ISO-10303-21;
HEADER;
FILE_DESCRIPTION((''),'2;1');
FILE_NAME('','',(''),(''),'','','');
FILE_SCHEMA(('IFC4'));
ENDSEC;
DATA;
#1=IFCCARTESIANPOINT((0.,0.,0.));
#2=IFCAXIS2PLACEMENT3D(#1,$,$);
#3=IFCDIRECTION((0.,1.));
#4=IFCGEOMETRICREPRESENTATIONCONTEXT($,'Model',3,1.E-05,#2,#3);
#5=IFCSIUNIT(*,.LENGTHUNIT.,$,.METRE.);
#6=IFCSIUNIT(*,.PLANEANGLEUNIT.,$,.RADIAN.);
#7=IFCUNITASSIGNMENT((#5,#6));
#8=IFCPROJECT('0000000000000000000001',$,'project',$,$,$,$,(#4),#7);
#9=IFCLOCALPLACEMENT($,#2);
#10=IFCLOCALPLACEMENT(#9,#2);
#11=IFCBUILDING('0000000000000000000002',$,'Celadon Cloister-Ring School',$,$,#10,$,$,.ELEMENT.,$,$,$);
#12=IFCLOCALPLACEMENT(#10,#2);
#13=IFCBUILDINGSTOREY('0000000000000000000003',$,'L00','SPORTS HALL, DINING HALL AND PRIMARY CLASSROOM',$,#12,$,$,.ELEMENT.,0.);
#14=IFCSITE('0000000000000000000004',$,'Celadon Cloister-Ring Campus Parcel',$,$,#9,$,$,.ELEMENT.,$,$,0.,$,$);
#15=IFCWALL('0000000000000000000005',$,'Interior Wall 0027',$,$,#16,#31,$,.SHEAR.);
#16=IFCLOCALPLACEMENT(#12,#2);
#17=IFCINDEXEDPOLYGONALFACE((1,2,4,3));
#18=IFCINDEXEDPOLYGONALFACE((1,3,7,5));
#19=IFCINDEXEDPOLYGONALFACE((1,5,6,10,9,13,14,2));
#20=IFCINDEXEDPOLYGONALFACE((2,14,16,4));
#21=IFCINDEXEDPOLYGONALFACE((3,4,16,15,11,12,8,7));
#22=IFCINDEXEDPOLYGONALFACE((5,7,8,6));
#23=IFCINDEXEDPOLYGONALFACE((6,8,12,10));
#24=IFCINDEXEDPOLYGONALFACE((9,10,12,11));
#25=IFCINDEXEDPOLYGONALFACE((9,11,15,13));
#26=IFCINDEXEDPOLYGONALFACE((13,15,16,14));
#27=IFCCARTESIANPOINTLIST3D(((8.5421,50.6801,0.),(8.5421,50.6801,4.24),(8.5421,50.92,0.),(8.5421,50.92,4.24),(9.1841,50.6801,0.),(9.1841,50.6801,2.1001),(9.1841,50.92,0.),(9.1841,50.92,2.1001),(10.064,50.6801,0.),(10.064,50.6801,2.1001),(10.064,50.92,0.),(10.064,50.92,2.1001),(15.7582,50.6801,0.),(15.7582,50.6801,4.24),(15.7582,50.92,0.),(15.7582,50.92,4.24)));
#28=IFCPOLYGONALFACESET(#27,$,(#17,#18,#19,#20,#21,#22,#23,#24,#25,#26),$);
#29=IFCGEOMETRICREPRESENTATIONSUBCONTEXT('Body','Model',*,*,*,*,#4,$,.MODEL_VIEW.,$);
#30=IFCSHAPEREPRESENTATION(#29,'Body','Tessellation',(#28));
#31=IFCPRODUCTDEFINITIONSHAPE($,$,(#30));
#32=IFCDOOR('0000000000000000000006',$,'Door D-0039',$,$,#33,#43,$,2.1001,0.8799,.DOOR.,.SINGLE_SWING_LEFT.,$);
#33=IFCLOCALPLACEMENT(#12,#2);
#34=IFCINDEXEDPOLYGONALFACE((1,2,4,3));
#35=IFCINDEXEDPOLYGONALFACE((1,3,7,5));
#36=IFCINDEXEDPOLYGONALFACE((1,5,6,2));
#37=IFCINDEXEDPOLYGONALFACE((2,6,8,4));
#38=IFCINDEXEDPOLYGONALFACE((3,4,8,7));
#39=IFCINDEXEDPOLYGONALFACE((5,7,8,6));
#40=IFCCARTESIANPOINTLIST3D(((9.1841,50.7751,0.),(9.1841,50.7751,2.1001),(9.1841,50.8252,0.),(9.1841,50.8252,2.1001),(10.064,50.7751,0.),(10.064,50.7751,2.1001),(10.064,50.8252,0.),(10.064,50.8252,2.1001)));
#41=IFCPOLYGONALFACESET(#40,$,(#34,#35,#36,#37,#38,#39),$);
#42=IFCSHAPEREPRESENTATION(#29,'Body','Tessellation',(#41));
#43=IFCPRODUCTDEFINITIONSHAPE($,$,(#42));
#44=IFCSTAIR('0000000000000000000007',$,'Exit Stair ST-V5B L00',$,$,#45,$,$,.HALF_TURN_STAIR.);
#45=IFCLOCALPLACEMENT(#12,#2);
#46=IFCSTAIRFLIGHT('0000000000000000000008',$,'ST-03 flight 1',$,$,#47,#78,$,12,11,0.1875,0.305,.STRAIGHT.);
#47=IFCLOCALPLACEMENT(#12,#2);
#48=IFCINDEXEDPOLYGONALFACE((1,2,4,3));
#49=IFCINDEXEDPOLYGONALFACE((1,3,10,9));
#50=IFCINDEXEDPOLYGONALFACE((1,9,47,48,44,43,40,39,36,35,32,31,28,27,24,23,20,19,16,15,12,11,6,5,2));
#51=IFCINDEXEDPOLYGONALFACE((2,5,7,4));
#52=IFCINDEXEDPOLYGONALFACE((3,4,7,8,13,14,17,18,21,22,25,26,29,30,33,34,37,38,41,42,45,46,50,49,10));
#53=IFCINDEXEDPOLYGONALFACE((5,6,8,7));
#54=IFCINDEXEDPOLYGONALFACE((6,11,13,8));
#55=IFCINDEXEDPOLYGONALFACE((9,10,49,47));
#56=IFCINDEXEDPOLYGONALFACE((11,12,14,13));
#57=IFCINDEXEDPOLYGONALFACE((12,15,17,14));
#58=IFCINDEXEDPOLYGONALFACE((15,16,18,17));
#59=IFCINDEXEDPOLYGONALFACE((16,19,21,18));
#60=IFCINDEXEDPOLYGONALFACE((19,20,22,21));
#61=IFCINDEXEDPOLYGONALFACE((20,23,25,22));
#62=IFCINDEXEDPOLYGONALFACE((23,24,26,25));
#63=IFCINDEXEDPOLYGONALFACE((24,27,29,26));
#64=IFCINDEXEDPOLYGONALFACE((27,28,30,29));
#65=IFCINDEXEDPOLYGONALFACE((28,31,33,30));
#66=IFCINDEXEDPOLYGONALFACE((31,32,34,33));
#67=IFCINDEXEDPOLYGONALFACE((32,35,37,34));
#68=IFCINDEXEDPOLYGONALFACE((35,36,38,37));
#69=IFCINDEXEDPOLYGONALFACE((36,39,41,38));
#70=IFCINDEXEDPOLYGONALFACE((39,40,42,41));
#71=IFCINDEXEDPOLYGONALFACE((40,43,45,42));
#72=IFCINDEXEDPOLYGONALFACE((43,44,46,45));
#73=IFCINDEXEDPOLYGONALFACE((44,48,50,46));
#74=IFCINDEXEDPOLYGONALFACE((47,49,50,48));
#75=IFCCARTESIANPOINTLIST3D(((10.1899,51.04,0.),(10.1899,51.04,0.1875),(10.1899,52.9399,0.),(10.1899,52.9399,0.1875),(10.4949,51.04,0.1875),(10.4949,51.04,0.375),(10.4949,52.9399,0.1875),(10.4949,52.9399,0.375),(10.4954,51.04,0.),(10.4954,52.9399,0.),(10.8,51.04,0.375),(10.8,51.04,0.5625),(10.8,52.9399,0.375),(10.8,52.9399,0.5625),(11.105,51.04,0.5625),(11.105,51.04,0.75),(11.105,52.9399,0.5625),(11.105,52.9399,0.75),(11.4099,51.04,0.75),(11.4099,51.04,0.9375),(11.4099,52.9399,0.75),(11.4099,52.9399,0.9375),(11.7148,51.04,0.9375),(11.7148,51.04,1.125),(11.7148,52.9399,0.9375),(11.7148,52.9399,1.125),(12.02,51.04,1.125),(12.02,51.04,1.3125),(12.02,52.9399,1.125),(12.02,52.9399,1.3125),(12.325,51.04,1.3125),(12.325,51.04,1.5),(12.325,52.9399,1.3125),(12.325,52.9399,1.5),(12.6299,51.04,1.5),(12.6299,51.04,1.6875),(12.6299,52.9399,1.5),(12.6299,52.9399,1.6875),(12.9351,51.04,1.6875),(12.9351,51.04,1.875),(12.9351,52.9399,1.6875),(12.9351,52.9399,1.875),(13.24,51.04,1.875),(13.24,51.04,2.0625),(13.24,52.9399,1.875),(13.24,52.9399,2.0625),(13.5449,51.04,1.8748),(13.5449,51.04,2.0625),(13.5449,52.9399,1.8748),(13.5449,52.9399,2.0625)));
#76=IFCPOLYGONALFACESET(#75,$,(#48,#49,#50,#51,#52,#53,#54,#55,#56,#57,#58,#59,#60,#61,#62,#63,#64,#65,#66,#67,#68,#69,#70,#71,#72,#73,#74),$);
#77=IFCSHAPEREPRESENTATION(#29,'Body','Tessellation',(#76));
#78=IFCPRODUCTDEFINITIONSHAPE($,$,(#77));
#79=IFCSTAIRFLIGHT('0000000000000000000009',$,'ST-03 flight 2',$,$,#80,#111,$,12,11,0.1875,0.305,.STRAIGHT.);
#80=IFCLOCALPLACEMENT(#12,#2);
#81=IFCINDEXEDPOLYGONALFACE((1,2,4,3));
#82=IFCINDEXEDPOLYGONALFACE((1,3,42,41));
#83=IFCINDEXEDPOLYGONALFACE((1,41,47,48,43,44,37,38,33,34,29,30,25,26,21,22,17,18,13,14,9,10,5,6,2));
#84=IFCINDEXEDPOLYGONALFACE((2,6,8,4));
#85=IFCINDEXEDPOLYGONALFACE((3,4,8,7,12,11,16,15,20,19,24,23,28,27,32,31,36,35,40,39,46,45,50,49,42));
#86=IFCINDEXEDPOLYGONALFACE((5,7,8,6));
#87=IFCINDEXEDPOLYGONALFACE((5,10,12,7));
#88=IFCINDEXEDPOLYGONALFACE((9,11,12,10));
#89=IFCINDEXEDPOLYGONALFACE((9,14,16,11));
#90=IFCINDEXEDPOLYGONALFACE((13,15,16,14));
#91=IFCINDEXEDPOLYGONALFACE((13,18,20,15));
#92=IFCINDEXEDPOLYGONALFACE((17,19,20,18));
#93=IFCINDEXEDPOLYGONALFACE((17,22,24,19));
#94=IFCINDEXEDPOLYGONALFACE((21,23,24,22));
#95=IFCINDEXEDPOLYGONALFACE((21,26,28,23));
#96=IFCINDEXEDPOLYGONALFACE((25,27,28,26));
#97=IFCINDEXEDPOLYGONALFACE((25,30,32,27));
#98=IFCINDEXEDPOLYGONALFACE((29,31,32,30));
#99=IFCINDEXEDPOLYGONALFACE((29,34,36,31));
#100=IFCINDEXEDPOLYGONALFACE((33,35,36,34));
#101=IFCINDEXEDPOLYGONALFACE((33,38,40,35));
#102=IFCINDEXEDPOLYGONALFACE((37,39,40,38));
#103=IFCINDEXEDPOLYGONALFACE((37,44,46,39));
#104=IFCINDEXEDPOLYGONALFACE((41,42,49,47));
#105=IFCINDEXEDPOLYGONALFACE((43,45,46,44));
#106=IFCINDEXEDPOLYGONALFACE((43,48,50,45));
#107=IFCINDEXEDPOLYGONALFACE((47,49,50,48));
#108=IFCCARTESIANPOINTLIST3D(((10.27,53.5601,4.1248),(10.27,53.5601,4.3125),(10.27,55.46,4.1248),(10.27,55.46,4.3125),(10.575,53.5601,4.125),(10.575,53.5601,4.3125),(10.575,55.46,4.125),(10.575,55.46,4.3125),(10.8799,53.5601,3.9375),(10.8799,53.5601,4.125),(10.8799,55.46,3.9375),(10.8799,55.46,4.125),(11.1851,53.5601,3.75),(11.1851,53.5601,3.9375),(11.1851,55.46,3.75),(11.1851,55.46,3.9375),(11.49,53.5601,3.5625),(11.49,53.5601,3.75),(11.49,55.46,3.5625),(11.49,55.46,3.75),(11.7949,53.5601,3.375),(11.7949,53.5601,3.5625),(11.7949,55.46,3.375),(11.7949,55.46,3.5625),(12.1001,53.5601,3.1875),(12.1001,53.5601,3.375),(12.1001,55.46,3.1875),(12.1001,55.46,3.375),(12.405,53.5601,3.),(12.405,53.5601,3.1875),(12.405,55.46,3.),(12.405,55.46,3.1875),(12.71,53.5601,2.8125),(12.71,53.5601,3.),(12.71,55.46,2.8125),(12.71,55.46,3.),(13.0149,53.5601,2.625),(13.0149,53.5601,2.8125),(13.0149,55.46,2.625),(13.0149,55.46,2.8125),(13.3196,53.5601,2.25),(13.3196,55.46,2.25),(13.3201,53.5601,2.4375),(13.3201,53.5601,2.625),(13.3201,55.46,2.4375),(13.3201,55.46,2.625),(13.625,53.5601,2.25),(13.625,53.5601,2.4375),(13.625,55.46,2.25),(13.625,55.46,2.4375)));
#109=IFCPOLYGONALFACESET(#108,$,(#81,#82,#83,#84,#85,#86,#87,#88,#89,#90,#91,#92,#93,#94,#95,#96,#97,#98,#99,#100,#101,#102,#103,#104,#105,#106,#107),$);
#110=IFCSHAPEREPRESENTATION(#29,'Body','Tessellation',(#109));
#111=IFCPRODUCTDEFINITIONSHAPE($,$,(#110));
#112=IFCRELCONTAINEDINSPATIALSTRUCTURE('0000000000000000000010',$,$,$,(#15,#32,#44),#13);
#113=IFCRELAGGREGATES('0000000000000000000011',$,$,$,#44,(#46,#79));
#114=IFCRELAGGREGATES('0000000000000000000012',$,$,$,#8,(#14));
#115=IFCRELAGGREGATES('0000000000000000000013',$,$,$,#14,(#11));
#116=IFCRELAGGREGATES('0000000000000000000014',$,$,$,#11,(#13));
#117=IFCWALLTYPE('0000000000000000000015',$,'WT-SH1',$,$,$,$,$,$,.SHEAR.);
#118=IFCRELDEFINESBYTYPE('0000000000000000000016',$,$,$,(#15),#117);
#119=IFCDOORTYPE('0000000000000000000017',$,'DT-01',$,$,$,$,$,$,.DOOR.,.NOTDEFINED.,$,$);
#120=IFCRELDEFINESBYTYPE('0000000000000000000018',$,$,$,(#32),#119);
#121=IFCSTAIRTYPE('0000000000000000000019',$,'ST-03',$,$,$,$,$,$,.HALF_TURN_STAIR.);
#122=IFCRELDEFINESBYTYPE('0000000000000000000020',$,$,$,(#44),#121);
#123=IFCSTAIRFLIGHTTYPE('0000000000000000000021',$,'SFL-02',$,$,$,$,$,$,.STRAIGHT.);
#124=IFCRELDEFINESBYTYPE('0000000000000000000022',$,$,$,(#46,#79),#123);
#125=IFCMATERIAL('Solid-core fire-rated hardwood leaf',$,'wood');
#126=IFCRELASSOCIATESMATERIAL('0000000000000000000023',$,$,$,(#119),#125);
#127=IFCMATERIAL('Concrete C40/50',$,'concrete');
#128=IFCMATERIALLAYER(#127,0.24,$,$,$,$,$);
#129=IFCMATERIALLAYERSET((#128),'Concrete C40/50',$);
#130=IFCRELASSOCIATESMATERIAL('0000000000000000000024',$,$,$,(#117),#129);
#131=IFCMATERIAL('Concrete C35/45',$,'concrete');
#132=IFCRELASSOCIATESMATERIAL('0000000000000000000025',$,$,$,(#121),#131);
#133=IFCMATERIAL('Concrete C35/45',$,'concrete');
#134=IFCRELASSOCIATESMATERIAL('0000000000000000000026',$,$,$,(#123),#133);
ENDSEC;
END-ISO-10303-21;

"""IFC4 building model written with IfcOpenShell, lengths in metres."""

from ifc_helpers import new_model, si_unit, direction, frame, frame_2d, origin, place, context, subcontext, project, spatial, polyline, rectangle, outline, extrude, material, layer, layer_set, type_object, element, fill, aggregate, save


model = new_model("IFC4")

# Units and contexts
model_context = context("Model", 3, precision=1e-05, world=origin(), true_north=direction((0.0, 1.0)))
body_context = subcontext(model_context, "Body", "Model", "MODEL_VIEW")
ifc_project = project(units=[si_unit("LENGTHUNIT", "METRE"), si_unit("PLANEANGLEUNIT", "RADIAN")], contexts=[model_context])

# Site, building, storey
site_placement = place(None, origin())
site = spatial("IfcSite", under=ifc_project, at=site_placement, Name="Celadon Cloister-Ring Campus Parcel", CompositionType="ELEMENT", RefElevation=0.0)
building_placement = place(site_placement, origin())
building = spatial("IfcBuilding", under=site, at=building_placement, Name="Celadon Cloister-Ring School", CompositionType="ELEMENT")
storey_placement = place(building_placement, origin())
storey = spatial("IfcBuildingStorey", under=building, at=storey_placement, Name="L00", Description="SPORTS HALL, DINING HALL AND PRIMARY CLASSROOM", CompositionType="ELEMENT", Elevation=0.0)

# Shared definitions
ifc_material_1 = material(Name="Solid-core fire-rated hardwood leaf", Category="wood")
door_type = type_object("IfcDoorType", Name="DT-01", OperationType="NOTDEFINED", PredefinedType="DOOR", material=ifc_material_1)

# Shared definitions
ifc_material_2 = material(Name="Concrete C40/50", Category="concrete")
ifc_layer_1 = layer(ifc_material_2, 0.24)
ifc_layer_set_1 = layer_set([ifc_layer_1], Name="Concrete C40/50")
wall_type_1 = type_object("IfcWallType", Name="WT-SH1", PredefinedType="SHEAR", material=ifc_layer_set_1)

# Wall, opening, door
wall_1_placement = place(storey_placement, frame((15.7581, 50.8, 0.0), z_axis=(0.0, 0.0, 1.0), x_axis=(-1.0, 0.0, 0.0)))
wall_1 = element("IfcWall", 1, at=wall_1_placement, inside=storey, type_object=wall_type_1, Name="Interior Wall 0027", PredefinedType="SHEAR", context=body_context, shape_type="SweptSolid", body=[
    extrude(rectangle(XDim=7.2161, YDim=0.24, at=frame_2d((3.6079, 0.0))), origin(), (0.0, 0.0, 1.0), 4.24),
])
opening_1_placement = place(wall_1_placement, frame((5.6941, 0.0, 0.0)))
opening_1 = element("IfcOpeningElement", 2, at=opening_1_placement, cuts=wall_1, PredefinedType="OPENING", context=body_context, shape_type="SweptSolid", body=[
    extrude(rectangle(XDim=0.8799, YDim=2.1001, at=frame_2d((0.4399, 1.05))), frame((0.0, 0.1299, 0.0), z_axis=(0.0, -1.0, 0.0), x_axis=(1.0, 0.0, 0.0)), (0.0, 0.0, 1.0), 0.26),
])
door_1_placement = place(opening_1_placement, origin())
door_1 = element("IfcDoor", 3, at=door_1_placement, inside=storey, type_object=door_type, Name="Door D-0039", OperationType="SINGLE_SWING_LEFT", OverallHeight=2.1001, OverallWidth=0.8799, PredefinedType="DOOR", context=body_context, shape_type="SweptSolid", body=[
    extrude(rectangle(XDim=0.8799, YDim=2.1001, at=frame_2d((0.4399, 1.05))), frame((0.0, 0.0249, 0.0), z_axis=(0.0, -1.0, 0.0), x_axis=(1.0, 0.0, 0.0)), (0.0, 0.0, 1.0), 0.05),
])
fill(opening_1, door_1)

# Stair, stair flights
ifc_material_3 = material(Name="Concrete C35/45", Category="concrete")
stair_type = type_object("IfcStairType", Name="ST-03", PredefinedType="HALF_TURN_STAIR", material=ifc_material_3)
stair_placement = place(storey_placement, origin())
stair = element("IfcStair", 4, at=stair_placement, inside=storey, type_object=stair_type, Name="Exit Stair ST-V5B L00", PredefinedType="HALF_TURN_STAIR")
ifc_material_4 = material(Name="Concrete C35/45", Category="concrete")
stair_flight_type = type_object("IfcStairFlightType", Name="SFL-02", PredefinedType="STRAIGHT", material=ifc_material_4)
stair_flight_1_placement = place(storey_placement, frame((10.1899, 51.99, 0.0), z_axis=(0.0, 0.0, 1.0), x_axis=(1.0, 0.0, 0.0)))
stair_flight_1 = element("IfcStairFlight", 5, at=stair_flight_1_placement, type_object=stair_flight_type, Name="ST-03 flight 1", NumberOfRisers=12, NumberOfTreads=11, PredefinedType="STRAIGHT", RiserHeight=0.1875, TreadLength=0.305, context=body_context, shape_type="SweptSolid", body=[
    extrude(outline(polyline([(0.0, 0.0), (0.0, 0.1875), (0.3049, 0.1875), (0.3049, 0.375), (0.6101, 0.375), (0.6101, 0.5625), (0.915, 0.5625), (0.915, 0.75), (1.22, 0.75), (1.22, 0.9375), (1.5249, 0.9375), (1.5249, 1.125), (1.8301, 1.125), (1.8301, 1.3125), (2.135, 1.3125), (2.135, 1.5), (2.4399, 1.5), (2.4399, 1.6875), (2.7451, 1.6875), (2.7451, 1.875), (3.05, 1.875), (3.05, 2.0625), (3.355, 2.0625), (3.355, 2.25), (3.355, 1.8748), (0.3054, 0.0), (0.0, 0.0)])), frame((0.0, 0.95, 0.0), z_axis=(0.0, -1.0, 0.0), x_axis=(1.0, 0.0, 0.0)), (0.0, 0.0, 1.0), 1.8999),
])
stair_flight_2_placement = place(storey_placement, frame((13.625, 54.51, 2.25), z_axis=(0.0, 0.0, 1.0), x_axis=(-1.0, 0.0, 0.0)))
stair_flight_2 = element("IfcStairFlight", 6, at=stair_flight_2_placement, type_object=stair_flight_type, Name="ST-03 flight 2", NumberOfRisers=12, NumberOfTreads=11, PredefinedType="STRAIGHT", RiserHeight=0.1875, TreadLength=0.305, context=body_context, shape_type="SweptSolid", body=[
    extrude(outline(polyline([(0.0, 0.0), (0.0, 0.1875), (0.3049, 0.1875), (0.3049, 0.375), (0.6101, 0.375), (0.6101, 0.5625), (0.915, 0.5625), (0.915, 0.75), (1.22, 0.75), (1.22, 0.9375), (1.5249, 0.9375), (1.5249, 1.125), (1.8301, 1.125), (1.8301, 1.3125), (2.135, 1.3125), (2.135, 1.5), (2.4399, 1.5), (2.4399, 1.6875), (2.7451, 1.6875), (2.7451, 1.875), (3.05, 1.875), (3.05, 2.0625), (3.355, 2.0625), (3.355, 2.25), (3.355, 1.8748), (0.3054, 0.0), (0.0, 0.0)])), frame((0.0, 0.95, 0.0), z_axis=(0.0, -1.0, 0.0), x_axis=(1.0, 0.0, 0.0)), (0.0, 0.0, 1.0), 1.8999),
])
aggregate(stair, [stair_flight_1, stair_flight_2])

save(model, "model.ifc")
